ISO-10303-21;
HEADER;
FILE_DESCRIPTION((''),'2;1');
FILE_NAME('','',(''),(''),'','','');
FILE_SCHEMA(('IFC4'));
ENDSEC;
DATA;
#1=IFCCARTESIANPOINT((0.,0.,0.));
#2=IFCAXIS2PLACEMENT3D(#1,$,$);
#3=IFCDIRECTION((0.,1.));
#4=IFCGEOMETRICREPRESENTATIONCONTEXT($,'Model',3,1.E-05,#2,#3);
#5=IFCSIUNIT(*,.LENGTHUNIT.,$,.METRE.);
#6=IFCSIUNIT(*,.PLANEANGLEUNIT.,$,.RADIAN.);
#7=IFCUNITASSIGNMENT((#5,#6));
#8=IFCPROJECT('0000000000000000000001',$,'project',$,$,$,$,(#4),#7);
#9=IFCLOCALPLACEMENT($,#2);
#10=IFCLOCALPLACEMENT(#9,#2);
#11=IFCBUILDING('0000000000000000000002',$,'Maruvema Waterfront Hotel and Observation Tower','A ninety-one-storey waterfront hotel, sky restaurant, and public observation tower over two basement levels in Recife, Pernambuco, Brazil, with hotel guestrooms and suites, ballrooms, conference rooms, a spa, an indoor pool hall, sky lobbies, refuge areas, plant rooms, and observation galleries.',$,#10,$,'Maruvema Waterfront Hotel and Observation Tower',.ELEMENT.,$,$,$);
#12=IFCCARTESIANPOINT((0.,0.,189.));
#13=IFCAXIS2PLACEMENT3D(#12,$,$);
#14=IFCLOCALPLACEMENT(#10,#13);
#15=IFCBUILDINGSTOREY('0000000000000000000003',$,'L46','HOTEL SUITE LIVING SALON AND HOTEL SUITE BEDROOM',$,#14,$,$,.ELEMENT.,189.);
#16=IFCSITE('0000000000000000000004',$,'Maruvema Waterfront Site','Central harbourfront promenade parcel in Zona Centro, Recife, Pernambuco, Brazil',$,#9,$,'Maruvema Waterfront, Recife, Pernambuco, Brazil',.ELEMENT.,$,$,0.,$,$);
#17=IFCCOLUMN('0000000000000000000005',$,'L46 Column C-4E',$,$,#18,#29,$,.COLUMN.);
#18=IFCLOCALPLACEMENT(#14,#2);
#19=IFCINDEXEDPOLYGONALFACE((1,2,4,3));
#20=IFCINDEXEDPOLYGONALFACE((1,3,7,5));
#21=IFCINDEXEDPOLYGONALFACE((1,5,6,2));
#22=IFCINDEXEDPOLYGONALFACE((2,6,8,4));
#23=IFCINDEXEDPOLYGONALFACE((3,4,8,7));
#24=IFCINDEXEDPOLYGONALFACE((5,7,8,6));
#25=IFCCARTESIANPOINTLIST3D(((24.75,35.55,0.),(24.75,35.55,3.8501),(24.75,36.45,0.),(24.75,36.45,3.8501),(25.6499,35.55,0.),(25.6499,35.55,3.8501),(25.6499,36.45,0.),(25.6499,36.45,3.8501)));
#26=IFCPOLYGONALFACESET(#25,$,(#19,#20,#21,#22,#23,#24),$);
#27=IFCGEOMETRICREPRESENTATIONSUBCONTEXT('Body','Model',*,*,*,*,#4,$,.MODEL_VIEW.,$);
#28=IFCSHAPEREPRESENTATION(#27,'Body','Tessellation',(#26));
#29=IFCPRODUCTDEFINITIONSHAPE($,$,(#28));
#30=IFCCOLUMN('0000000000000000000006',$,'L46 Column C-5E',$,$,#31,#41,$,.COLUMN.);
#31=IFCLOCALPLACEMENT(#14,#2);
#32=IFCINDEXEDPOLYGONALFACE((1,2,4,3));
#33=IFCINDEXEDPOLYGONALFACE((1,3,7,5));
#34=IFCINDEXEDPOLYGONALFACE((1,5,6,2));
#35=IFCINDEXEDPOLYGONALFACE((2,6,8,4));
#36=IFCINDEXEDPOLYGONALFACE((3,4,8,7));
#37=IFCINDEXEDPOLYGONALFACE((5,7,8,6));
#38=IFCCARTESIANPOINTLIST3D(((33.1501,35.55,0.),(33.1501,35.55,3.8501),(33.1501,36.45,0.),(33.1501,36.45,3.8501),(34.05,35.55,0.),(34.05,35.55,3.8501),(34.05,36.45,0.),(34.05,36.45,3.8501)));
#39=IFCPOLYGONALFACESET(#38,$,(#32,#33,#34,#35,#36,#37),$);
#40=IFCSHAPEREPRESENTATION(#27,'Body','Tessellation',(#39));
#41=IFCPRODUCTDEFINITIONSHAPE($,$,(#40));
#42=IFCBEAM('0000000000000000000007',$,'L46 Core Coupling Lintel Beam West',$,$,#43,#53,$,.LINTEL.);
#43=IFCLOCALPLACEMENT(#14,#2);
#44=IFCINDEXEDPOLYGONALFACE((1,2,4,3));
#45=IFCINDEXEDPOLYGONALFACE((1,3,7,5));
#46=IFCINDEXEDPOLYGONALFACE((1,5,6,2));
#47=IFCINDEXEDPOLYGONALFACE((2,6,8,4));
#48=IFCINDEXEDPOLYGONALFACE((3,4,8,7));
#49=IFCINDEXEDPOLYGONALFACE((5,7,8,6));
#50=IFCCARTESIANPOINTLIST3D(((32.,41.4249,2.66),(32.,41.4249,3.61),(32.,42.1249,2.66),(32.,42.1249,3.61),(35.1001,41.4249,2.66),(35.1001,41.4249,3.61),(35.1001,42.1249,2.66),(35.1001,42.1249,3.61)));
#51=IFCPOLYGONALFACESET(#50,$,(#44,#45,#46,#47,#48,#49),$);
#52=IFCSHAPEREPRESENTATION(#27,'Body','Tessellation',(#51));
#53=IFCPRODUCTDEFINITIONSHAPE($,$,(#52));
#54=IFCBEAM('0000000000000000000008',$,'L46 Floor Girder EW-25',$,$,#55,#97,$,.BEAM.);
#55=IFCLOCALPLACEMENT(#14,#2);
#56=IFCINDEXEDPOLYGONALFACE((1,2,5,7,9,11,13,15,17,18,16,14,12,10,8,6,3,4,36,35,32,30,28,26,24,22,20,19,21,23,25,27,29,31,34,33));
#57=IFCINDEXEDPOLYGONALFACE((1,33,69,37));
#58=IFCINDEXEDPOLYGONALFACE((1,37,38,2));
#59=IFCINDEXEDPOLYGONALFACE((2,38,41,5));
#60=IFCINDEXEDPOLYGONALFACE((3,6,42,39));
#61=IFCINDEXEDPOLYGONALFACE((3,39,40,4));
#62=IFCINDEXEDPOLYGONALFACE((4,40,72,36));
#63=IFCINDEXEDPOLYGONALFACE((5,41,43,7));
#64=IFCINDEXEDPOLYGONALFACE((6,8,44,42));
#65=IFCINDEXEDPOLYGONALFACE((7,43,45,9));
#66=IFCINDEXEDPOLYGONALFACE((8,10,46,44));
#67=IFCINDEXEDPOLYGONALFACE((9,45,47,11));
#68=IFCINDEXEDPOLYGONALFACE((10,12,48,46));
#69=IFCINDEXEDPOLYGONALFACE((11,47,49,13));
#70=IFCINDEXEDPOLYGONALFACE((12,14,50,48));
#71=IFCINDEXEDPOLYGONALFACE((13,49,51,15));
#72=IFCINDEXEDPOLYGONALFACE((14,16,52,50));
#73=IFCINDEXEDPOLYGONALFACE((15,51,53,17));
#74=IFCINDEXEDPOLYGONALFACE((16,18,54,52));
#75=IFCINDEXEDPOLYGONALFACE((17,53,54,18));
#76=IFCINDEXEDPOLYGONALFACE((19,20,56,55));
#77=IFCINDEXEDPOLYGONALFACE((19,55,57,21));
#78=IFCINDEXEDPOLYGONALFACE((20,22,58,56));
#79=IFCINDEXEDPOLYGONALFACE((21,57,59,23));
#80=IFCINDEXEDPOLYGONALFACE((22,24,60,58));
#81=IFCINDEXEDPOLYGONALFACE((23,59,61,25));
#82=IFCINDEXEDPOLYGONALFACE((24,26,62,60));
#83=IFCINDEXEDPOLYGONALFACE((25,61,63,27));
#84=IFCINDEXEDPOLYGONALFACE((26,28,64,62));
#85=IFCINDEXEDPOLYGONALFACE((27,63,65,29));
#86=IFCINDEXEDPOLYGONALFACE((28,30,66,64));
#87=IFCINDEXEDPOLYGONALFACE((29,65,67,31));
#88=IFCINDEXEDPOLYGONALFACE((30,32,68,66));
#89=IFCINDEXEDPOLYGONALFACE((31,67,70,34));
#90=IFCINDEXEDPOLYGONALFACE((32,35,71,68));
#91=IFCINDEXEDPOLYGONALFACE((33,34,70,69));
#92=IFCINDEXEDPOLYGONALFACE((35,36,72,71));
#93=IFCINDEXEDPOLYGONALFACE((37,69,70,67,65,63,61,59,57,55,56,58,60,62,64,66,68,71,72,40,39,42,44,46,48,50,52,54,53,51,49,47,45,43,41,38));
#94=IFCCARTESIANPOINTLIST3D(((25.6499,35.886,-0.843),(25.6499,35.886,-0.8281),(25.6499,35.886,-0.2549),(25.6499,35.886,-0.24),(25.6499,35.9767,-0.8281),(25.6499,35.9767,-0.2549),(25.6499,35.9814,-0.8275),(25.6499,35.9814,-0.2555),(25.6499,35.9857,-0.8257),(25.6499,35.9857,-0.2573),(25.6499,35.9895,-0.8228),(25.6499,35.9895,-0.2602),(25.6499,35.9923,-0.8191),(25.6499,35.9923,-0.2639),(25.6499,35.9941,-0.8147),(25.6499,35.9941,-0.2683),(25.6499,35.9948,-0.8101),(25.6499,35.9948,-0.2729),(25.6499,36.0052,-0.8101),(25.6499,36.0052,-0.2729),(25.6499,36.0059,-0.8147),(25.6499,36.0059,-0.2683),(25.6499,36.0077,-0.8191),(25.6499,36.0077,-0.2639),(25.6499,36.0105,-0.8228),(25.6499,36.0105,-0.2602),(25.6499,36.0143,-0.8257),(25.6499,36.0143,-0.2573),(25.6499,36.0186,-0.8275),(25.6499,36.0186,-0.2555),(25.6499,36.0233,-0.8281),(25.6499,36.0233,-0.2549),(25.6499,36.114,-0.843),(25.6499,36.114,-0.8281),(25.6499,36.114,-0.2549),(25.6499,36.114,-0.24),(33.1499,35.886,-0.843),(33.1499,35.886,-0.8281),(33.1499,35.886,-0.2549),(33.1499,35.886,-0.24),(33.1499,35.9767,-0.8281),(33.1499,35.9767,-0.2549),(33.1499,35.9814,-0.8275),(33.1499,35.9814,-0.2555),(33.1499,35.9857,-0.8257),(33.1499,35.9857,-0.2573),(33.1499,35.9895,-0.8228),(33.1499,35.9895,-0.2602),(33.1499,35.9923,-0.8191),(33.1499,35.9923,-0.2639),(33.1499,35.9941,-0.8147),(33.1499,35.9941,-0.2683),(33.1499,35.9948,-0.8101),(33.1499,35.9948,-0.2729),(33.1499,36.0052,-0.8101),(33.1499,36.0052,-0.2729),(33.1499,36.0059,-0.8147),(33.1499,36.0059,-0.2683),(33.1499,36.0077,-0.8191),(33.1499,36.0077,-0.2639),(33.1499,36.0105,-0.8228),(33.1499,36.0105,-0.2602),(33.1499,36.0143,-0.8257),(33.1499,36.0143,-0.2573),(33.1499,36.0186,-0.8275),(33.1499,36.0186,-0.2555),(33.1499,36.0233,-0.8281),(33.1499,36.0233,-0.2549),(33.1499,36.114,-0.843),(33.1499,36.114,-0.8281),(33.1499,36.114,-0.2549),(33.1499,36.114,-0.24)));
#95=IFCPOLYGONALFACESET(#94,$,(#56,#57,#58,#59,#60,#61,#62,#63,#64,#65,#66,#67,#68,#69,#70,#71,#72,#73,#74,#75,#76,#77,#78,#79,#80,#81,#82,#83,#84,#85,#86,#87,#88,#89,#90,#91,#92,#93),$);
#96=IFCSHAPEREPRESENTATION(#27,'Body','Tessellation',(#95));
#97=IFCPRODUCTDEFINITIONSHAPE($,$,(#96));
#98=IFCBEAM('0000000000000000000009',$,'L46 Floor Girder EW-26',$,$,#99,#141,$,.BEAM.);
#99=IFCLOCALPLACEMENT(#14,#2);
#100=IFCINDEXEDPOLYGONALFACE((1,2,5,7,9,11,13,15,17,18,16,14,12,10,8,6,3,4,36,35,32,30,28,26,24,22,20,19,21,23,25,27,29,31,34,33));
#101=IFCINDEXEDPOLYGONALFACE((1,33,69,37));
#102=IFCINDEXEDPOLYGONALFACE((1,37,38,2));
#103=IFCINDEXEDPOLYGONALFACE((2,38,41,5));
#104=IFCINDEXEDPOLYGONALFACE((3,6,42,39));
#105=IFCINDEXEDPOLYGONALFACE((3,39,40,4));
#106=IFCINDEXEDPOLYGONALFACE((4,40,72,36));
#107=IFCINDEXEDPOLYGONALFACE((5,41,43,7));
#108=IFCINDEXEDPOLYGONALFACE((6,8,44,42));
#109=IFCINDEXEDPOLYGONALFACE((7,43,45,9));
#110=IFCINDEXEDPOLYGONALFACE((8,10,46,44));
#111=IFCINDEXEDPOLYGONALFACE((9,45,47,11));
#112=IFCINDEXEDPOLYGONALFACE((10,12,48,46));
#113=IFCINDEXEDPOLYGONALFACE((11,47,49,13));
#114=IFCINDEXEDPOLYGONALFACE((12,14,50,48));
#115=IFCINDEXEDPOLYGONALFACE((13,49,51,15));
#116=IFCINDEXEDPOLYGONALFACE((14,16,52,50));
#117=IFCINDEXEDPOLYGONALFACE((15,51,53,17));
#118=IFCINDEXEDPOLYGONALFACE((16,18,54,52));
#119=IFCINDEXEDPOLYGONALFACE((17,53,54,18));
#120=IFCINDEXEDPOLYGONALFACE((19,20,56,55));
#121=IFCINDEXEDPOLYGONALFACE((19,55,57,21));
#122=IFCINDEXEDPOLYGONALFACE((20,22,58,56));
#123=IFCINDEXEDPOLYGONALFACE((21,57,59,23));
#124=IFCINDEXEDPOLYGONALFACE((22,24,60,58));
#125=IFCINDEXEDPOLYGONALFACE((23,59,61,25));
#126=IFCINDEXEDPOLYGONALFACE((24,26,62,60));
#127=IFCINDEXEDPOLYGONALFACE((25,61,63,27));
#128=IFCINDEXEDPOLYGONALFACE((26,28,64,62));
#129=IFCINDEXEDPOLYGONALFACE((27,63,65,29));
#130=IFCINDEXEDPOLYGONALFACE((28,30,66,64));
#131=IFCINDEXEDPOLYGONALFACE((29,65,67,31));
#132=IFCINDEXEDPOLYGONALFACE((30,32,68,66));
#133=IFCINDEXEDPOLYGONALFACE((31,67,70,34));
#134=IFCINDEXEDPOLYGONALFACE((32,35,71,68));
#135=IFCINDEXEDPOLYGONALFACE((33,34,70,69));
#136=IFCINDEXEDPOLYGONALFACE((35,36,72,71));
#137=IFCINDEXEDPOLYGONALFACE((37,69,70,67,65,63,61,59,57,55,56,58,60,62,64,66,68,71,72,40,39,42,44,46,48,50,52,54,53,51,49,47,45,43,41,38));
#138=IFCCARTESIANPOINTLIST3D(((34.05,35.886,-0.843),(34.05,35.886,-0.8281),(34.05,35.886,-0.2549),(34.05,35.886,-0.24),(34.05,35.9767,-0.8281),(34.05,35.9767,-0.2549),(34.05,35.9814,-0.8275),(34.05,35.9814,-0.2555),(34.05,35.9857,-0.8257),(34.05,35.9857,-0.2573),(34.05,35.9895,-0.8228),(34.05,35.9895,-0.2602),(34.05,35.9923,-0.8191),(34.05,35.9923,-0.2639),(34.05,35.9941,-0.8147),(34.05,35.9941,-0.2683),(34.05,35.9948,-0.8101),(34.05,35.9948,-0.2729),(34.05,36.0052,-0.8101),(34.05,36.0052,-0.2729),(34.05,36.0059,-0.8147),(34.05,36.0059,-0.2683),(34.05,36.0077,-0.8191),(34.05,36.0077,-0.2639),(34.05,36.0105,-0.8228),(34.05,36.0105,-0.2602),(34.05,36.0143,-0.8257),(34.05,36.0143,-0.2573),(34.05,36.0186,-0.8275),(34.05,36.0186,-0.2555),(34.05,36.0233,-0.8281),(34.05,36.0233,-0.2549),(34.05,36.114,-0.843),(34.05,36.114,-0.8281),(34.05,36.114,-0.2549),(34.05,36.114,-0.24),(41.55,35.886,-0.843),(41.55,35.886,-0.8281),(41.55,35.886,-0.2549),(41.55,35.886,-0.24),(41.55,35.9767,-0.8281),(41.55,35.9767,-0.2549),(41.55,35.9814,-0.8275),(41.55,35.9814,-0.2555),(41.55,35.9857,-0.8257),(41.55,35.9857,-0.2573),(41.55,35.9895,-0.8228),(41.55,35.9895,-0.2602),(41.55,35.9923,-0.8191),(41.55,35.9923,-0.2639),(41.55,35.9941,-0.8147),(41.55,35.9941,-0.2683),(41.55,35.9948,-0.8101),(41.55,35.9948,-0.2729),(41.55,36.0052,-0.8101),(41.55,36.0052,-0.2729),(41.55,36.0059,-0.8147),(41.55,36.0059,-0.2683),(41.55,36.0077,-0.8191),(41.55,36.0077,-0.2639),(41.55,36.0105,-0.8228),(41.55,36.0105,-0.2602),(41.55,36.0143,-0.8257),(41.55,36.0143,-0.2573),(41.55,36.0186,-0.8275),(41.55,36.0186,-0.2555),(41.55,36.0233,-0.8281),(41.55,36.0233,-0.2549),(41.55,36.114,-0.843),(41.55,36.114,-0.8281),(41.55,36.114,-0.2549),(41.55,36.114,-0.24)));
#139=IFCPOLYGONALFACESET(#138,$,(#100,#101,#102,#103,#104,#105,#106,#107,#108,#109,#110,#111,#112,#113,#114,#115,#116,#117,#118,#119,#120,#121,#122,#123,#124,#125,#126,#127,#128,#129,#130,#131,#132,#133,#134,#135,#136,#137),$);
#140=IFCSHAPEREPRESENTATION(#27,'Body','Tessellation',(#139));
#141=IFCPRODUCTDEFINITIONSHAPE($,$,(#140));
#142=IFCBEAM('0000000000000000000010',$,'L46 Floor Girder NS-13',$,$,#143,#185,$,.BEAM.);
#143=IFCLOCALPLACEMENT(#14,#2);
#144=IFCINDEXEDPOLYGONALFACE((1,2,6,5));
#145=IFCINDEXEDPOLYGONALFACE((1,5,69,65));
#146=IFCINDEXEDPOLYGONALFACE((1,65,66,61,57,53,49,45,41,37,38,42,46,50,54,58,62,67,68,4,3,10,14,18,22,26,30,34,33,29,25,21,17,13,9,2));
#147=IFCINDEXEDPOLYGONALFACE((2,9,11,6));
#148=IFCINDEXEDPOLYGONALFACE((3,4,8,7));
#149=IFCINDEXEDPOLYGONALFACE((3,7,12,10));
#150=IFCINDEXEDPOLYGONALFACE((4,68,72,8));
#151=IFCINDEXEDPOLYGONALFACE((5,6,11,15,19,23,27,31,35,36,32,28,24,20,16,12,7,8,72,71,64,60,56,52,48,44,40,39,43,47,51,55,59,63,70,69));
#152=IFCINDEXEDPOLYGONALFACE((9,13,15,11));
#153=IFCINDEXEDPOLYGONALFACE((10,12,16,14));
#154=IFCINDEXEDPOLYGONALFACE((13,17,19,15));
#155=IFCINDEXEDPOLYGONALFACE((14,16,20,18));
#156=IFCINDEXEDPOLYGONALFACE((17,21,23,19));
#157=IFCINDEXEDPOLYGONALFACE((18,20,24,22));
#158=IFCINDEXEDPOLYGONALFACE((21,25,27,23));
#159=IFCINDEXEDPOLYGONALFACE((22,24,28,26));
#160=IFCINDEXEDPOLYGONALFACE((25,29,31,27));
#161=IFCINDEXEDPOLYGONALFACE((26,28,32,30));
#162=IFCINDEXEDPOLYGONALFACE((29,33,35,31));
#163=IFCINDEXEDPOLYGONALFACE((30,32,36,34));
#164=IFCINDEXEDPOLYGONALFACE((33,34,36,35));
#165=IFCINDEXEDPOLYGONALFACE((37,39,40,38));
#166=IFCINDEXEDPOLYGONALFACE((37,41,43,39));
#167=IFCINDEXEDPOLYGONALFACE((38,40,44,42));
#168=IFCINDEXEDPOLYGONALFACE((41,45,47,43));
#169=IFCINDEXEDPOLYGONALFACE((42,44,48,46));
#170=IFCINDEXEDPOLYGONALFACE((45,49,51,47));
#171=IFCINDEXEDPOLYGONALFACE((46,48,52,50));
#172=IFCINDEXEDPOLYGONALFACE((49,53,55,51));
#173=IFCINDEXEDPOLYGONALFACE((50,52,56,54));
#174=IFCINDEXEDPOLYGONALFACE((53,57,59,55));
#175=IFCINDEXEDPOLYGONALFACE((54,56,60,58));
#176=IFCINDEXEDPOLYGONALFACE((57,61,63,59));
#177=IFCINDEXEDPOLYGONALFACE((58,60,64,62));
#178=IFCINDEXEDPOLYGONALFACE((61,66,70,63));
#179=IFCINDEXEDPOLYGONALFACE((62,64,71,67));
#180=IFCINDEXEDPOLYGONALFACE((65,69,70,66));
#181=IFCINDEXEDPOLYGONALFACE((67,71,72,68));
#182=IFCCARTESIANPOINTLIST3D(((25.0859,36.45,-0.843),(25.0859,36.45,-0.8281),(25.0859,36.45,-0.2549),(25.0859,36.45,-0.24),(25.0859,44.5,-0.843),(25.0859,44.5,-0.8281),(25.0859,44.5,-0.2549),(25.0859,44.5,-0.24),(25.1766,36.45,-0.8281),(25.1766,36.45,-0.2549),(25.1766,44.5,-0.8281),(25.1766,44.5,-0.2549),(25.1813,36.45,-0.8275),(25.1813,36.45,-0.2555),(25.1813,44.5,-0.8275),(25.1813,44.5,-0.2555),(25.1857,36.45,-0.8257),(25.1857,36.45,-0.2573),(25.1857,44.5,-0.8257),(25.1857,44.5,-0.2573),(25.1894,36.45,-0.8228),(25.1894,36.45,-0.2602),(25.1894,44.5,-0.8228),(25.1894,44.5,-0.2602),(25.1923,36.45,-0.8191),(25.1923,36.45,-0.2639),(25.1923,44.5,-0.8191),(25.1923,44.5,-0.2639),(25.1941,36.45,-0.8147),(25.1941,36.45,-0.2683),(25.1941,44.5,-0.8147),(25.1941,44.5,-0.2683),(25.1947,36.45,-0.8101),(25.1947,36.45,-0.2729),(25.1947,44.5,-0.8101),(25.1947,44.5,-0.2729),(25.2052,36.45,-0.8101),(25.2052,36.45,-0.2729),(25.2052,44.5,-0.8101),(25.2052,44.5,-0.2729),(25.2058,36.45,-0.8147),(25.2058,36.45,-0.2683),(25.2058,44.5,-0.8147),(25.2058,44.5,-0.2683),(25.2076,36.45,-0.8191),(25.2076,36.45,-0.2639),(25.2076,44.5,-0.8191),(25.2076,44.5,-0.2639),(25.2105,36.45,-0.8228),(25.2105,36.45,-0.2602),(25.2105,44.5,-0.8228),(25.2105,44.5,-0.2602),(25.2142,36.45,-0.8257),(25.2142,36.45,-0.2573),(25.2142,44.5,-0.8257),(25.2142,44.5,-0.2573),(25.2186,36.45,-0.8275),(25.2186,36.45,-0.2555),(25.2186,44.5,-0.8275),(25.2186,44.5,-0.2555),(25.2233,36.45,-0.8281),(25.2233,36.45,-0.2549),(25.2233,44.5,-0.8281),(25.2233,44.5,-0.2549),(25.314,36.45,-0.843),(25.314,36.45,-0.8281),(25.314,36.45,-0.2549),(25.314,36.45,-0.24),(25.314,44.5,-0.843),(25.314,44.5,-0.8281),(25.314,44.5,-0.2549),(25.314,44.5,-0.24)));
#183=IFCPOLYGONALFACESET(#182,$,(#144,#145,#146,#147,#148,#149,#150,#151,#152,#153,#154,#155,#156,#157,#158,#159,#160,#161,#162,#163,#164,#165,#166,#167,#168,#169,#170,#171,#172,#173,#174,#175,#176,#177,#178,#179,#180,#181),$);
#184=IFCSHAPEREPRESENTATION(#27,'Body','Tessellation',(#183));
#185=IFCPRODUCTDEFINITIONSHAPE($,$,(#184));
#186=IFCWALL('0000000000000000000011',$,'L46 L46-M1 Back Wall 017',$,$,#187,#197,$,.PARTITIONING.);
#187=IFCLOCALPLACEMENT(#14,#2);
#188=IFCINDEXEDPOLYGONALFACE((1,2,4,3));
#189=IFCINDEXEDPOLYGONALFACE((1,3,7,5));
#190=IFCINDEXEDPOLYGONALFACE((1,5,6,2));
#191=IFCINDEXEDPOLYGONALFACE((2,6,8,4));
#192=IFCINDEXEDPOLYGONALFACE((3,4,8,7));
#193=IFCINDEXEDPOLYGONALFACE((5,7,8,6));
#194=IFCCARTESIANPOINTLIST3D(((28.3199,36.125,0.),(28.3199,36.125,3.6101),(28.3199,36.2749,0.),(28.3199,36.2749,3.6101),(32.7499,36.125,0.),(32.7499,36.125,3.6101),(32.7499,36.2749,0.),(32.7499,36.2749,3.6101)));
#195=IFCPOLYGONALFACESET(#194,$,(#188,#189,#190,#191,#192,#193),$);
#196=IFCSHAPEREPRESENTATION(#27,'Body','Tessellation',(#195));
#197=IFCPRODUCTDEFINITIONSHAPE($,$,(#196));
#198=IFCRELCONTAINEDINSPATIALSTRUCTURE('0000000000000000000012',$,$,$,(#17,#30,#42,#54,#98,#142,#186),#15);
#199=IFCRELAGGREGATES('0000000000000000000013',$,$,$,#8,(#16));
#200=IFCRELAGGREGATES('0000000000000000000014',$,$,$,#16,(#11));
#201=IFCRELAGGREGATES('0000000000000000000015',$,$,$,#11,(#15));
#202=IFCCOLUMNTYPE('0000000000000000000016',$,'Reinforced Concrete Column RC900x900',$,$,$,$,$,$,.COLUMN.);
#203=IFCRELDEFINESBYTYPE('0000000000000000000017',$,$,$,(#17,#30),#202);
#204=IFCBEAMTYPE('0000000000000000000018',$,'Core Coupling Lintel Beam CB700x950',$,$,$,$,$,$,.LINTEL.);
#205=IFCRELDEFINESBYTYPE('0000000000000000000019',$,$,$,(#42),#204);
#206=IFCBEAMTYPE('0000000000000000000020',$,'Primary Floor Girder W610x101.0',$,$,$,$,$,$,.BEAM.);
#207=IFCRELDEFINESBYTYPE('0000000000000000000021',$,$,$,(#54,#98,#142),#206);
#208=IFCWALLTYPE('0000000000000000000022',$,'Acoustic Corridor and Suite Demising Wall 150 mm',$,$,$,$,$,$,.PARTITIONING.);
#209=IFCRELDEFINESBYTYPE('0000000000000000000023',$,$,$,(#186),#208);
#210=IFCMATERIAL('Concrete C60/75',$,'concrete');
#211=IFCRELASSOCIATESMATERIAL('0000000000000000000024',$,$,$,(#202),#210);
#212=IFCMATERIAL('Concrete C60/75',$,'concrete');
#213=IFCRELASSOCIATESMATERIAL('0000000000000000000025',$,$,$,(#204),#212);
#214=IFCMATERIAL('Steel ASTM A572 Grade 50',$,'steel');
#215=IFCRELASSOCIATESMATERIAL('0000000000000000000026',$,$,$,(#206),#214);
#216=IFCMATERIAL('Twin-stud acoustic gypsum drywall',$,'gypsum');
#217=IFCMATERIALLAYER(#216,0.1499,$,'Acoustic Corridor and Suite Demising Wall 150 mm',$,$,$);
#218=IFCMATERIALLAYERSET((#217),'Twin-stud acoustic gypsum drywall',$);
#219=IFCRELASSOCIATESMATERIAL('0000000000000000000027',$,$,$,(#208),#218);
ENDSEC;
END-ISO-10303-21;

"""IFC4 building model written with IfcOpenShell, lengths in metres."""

from ifc_helpers import new_model, si_unit, direction, frame, frame_2d, origin, origin_2d, place, context, subcontext, project, spatial, rectangle, i_section, extrude, material, layer, layer_set, material_profile, profile_set, type_object, element, save


model = new_model("IFC4")

# Units and contexts
model_context = context("Model", 3, precision=1e-05, world=origin(), true_north=direction((0.0, 1.0)))
body_context = subcontext(model_context, "Body", "Model", "MODEL_VIEW")
ifc_project = project(units=[si_unit("LENGTHUNIT", "METRE"), si_unit("PLANEANGLEUNIT", "RADIAN")], contexts=[model_context])

# Site, building, storey
site_placement = place(None, origin())
site = spatial("IfcSite", under=ifc_project, at=site_placement, Name="Maruvema Waterfront Site", Description="Central harbourfront promenade parcel in Zona Centro, Recife, Pernambuco, Brazil", LongName="Maruvema Waterfront, Recife, Pernambuco, Brazil", CompositionType="ELEMENT", RefElevation=0.0)
building_placement = place(site_placement, origin())
building = spatial("IfcBuilding", under=site, at=building_placement, Name="Maruvema Waterfront Hotel and Observation Tower", Description="A ninety-one-storey waterfront hotel, sky restaurant, and public observation tower over two basement levels in Recife, Pernambuco, Brazil, with hotel guestrooms and suites, ballrooms, conference rooms, a spa, an indoor pool hall, sky lobbies, refuge areas, plant rooms, and observation galleries.", LongName="Maruvema Waterfront Hotel and Observation Tower", CompositionType="ELEMENT")
storey_placement = place(building_placement, frame((0.0, 0.0, 189.0)))
storey = spatial("IfcBuildingStorey", under=building, at=storey_placement, Name="L46", Description="HOTEL SUITE LIVING SALON AND HOTEL SUITE BEDROOM", CompositionType="ELEMENT", Elevation=189.0)

# Columns
ifc_material_1 = material(Name="Concrete C60/75", Category="concrete")
ifc_material_profile_1 = material_profile(ifc_material_1, rectangle(XDim=0.8999, YDim=0.8999, at=origin_2d()), Name="RC900x900")
ifc_profile_set_1 = profile_set([ifc_material_profile_1], Name="Concrete C60/75")
column_type = type_object("IfcColumnType", Name="Reinforced Concrete Column RC900x900", PredefinedType="COLUMN", material=ifc_profile_set_1)
for number, where, z_axis, x_axis, name in (
    (1, (25.2, 36.0, 0.0), (0.0, 0.0, 1.0), (1.0, 0.0, 0.0), "L46 Column C-4E"),
    (2, (33.6001, 36.0, 0.0), (0.0, 0.0, 1.0), (1.0, 0.0, 0.0), "L46 Column C-5E"),
):
    element("IfcColumn", number, at=place(storey_placement, frame(where, z_axis=z_axis, x_axis=x_axis)), inside=storey, type_object=column_type, Name=name, PredefinedType="COLUMN", context=body_context, shape_type="SweptSolid", body=[
        extrude(rectangle(XDim=0.8999, YDim=0.8999, at=origin_2d()), origin(), (0.0, 0.0, 1.0), 3.8501),
    ])

# Beams
ifc_material_2 = material(Name="Concrete C60/75", Category="concrete")
ifc_material_profile_2 = material_profile(ifc_material_2, rectangle(XDim=0.7, YDim=0.95, at=origin_2d()), Name="CB700x950")
ifc_profile_set_2 = profile_set([ifc_material_profile_2], Name="Concrete C60/75")
beam_type_1 = type_object("IfcBeamType", Name="Core Coupling Lintel Beam CB700x950", PredefinedType="LINTEL", material=ifc_profile_set_2)
beam_1_placement = place(storey_placement, frame((32.0, 41.7749, 3.135), z_axis=(1.0, 0.0, 0.0), x_axis=(0.0, 1.0, 0.0)))
element("IfcBeam", 3, at=beam_1_placement, inside=storey, type_object=beam_type_1, Name="L46 Core Coupling Lintel Beam West", PredefinedType="LINTEL", context=body_context, shape_type="SweptSolid", body=[
    extrude(rectangle(XDim=0.7, YDim=0.95, at=origin_2d()), origin(), (0.0, 0.0, 1.0), 3.1001),
])
ifc_material_3 = material(Name="Steel ASTM A572 Grade 50", Category="steel")
ifc_material_profile_3 = material_profile(ifc_material_3, i_section(OverallWidth=0.228, OverallDepth=0.603, WebThickness=0.0105, FlangeThickness=0.0149, FilletRadius=0.0181, at=origin_2d()), Name="W610x101.0")
ifc_profile_set_3 = profile_set([ifc_material_profile_3], Name="Steel ASTM A572 Grade 50")
beam_type_2 = type_object("IfcBeamType", Name="Primary Floor Girder W610x101.0", PredefinedType="BEAM", material=ifc_profile_set_3)
for number, where, z_axis, x_axis, name in (
    (4, (25.6499, 36.0, -0.5415), (1.0, 0.0, 0.0), (0.0, 1.0, 0.0), "L46 Floor Girder EW-25"),
    (5, (34.05, 36.0, -0.5415), (1.0, 0.0, 0.0), (0.0, 1.0, 0.0), "L46 Floor Girder EW-26"),
):
    element("IfcBeam", number, at=place(storey_placement, frame(where, z_axis=z_axis, x_axis=x_axis)), inside=storey, type_object=beam_type_2, Name=name, PredefinedType="BEAM", context=body_context, shape_type="SweptSolid", body=[
        extrude(i_section(OverallWidth=0.228, OverallDepth=0.603, WebThickness=0.0105, FlangeThickness=0.0149, FilletRadius=0.0181, at=origin_2d()), origin(), (0.0, 0.0, 1.0), 7.5),
    ])
beam_2_placement = place(storey_placement, frame((25.2, 36.45, -0.5415), z_axis=(0.0, 1.0, 0.0), x_axis=(-1.0, 0.0, 0.0)))
element("IfcBeam", 6, at=beam_2_placement, inside=storey, type_object=beam_type_2, Name="L46 Floor Girder NS-13", PredefinedType="BEAM", context=body_context, shape_type="SweptSolid", body=[
    extrude(i_section(OverallWidth=0.228, OverallDepth=0.603, WebThickness=0.0105, FlangeThickness=0.0149, FilletRadius=0.0181, at=origin_2d()), origin(), (0.0, 0.0, 1.0), 8.05),
])

# Wall
ifc_material_4 = material(Name="Twin-stud acoustic gypsum drywall", Category="gypsum")
ifc_layer_1 = layer(ifc_material_4, 0.1499, Name="Acoustic Corridor and Suite Demising Wall 150 mm")
ifc_layer_set_1 = layer_set([ifc_layer_1], Name="Twin-stud acoustic gypsum drywall")
wall_type_1 = type_object("IfcWallType", Name="Acoustic Corridor and Suite Demising Wall 150 mm", PredefinedType="PARTITIONING", material=ifc_layer_set_1)
wall_1_placement = place(storey_placement, frame((28.3201, 36.2, 0.0), z_axis=(0.0, 0.0, 1.0), x_axis=(1.0, 0.0, 0.0)))
element("IfcWall", 7, at=wall_1_placement, inside=storey, type_object=wall_type_1, Name="L46 L46-M1 Back Wall 017", PredefinedType="PARTITIONING", context=body_context, shape_type="SweptSolid", body=[
    extrude(rectangle(XDim=4.4299, YDim=0.1499, at=frame_2d((2.2148, 0.0))), origin(), (0.0, 0.0, 1.0), 3.6101),
])

save(model, "model.ifc")
